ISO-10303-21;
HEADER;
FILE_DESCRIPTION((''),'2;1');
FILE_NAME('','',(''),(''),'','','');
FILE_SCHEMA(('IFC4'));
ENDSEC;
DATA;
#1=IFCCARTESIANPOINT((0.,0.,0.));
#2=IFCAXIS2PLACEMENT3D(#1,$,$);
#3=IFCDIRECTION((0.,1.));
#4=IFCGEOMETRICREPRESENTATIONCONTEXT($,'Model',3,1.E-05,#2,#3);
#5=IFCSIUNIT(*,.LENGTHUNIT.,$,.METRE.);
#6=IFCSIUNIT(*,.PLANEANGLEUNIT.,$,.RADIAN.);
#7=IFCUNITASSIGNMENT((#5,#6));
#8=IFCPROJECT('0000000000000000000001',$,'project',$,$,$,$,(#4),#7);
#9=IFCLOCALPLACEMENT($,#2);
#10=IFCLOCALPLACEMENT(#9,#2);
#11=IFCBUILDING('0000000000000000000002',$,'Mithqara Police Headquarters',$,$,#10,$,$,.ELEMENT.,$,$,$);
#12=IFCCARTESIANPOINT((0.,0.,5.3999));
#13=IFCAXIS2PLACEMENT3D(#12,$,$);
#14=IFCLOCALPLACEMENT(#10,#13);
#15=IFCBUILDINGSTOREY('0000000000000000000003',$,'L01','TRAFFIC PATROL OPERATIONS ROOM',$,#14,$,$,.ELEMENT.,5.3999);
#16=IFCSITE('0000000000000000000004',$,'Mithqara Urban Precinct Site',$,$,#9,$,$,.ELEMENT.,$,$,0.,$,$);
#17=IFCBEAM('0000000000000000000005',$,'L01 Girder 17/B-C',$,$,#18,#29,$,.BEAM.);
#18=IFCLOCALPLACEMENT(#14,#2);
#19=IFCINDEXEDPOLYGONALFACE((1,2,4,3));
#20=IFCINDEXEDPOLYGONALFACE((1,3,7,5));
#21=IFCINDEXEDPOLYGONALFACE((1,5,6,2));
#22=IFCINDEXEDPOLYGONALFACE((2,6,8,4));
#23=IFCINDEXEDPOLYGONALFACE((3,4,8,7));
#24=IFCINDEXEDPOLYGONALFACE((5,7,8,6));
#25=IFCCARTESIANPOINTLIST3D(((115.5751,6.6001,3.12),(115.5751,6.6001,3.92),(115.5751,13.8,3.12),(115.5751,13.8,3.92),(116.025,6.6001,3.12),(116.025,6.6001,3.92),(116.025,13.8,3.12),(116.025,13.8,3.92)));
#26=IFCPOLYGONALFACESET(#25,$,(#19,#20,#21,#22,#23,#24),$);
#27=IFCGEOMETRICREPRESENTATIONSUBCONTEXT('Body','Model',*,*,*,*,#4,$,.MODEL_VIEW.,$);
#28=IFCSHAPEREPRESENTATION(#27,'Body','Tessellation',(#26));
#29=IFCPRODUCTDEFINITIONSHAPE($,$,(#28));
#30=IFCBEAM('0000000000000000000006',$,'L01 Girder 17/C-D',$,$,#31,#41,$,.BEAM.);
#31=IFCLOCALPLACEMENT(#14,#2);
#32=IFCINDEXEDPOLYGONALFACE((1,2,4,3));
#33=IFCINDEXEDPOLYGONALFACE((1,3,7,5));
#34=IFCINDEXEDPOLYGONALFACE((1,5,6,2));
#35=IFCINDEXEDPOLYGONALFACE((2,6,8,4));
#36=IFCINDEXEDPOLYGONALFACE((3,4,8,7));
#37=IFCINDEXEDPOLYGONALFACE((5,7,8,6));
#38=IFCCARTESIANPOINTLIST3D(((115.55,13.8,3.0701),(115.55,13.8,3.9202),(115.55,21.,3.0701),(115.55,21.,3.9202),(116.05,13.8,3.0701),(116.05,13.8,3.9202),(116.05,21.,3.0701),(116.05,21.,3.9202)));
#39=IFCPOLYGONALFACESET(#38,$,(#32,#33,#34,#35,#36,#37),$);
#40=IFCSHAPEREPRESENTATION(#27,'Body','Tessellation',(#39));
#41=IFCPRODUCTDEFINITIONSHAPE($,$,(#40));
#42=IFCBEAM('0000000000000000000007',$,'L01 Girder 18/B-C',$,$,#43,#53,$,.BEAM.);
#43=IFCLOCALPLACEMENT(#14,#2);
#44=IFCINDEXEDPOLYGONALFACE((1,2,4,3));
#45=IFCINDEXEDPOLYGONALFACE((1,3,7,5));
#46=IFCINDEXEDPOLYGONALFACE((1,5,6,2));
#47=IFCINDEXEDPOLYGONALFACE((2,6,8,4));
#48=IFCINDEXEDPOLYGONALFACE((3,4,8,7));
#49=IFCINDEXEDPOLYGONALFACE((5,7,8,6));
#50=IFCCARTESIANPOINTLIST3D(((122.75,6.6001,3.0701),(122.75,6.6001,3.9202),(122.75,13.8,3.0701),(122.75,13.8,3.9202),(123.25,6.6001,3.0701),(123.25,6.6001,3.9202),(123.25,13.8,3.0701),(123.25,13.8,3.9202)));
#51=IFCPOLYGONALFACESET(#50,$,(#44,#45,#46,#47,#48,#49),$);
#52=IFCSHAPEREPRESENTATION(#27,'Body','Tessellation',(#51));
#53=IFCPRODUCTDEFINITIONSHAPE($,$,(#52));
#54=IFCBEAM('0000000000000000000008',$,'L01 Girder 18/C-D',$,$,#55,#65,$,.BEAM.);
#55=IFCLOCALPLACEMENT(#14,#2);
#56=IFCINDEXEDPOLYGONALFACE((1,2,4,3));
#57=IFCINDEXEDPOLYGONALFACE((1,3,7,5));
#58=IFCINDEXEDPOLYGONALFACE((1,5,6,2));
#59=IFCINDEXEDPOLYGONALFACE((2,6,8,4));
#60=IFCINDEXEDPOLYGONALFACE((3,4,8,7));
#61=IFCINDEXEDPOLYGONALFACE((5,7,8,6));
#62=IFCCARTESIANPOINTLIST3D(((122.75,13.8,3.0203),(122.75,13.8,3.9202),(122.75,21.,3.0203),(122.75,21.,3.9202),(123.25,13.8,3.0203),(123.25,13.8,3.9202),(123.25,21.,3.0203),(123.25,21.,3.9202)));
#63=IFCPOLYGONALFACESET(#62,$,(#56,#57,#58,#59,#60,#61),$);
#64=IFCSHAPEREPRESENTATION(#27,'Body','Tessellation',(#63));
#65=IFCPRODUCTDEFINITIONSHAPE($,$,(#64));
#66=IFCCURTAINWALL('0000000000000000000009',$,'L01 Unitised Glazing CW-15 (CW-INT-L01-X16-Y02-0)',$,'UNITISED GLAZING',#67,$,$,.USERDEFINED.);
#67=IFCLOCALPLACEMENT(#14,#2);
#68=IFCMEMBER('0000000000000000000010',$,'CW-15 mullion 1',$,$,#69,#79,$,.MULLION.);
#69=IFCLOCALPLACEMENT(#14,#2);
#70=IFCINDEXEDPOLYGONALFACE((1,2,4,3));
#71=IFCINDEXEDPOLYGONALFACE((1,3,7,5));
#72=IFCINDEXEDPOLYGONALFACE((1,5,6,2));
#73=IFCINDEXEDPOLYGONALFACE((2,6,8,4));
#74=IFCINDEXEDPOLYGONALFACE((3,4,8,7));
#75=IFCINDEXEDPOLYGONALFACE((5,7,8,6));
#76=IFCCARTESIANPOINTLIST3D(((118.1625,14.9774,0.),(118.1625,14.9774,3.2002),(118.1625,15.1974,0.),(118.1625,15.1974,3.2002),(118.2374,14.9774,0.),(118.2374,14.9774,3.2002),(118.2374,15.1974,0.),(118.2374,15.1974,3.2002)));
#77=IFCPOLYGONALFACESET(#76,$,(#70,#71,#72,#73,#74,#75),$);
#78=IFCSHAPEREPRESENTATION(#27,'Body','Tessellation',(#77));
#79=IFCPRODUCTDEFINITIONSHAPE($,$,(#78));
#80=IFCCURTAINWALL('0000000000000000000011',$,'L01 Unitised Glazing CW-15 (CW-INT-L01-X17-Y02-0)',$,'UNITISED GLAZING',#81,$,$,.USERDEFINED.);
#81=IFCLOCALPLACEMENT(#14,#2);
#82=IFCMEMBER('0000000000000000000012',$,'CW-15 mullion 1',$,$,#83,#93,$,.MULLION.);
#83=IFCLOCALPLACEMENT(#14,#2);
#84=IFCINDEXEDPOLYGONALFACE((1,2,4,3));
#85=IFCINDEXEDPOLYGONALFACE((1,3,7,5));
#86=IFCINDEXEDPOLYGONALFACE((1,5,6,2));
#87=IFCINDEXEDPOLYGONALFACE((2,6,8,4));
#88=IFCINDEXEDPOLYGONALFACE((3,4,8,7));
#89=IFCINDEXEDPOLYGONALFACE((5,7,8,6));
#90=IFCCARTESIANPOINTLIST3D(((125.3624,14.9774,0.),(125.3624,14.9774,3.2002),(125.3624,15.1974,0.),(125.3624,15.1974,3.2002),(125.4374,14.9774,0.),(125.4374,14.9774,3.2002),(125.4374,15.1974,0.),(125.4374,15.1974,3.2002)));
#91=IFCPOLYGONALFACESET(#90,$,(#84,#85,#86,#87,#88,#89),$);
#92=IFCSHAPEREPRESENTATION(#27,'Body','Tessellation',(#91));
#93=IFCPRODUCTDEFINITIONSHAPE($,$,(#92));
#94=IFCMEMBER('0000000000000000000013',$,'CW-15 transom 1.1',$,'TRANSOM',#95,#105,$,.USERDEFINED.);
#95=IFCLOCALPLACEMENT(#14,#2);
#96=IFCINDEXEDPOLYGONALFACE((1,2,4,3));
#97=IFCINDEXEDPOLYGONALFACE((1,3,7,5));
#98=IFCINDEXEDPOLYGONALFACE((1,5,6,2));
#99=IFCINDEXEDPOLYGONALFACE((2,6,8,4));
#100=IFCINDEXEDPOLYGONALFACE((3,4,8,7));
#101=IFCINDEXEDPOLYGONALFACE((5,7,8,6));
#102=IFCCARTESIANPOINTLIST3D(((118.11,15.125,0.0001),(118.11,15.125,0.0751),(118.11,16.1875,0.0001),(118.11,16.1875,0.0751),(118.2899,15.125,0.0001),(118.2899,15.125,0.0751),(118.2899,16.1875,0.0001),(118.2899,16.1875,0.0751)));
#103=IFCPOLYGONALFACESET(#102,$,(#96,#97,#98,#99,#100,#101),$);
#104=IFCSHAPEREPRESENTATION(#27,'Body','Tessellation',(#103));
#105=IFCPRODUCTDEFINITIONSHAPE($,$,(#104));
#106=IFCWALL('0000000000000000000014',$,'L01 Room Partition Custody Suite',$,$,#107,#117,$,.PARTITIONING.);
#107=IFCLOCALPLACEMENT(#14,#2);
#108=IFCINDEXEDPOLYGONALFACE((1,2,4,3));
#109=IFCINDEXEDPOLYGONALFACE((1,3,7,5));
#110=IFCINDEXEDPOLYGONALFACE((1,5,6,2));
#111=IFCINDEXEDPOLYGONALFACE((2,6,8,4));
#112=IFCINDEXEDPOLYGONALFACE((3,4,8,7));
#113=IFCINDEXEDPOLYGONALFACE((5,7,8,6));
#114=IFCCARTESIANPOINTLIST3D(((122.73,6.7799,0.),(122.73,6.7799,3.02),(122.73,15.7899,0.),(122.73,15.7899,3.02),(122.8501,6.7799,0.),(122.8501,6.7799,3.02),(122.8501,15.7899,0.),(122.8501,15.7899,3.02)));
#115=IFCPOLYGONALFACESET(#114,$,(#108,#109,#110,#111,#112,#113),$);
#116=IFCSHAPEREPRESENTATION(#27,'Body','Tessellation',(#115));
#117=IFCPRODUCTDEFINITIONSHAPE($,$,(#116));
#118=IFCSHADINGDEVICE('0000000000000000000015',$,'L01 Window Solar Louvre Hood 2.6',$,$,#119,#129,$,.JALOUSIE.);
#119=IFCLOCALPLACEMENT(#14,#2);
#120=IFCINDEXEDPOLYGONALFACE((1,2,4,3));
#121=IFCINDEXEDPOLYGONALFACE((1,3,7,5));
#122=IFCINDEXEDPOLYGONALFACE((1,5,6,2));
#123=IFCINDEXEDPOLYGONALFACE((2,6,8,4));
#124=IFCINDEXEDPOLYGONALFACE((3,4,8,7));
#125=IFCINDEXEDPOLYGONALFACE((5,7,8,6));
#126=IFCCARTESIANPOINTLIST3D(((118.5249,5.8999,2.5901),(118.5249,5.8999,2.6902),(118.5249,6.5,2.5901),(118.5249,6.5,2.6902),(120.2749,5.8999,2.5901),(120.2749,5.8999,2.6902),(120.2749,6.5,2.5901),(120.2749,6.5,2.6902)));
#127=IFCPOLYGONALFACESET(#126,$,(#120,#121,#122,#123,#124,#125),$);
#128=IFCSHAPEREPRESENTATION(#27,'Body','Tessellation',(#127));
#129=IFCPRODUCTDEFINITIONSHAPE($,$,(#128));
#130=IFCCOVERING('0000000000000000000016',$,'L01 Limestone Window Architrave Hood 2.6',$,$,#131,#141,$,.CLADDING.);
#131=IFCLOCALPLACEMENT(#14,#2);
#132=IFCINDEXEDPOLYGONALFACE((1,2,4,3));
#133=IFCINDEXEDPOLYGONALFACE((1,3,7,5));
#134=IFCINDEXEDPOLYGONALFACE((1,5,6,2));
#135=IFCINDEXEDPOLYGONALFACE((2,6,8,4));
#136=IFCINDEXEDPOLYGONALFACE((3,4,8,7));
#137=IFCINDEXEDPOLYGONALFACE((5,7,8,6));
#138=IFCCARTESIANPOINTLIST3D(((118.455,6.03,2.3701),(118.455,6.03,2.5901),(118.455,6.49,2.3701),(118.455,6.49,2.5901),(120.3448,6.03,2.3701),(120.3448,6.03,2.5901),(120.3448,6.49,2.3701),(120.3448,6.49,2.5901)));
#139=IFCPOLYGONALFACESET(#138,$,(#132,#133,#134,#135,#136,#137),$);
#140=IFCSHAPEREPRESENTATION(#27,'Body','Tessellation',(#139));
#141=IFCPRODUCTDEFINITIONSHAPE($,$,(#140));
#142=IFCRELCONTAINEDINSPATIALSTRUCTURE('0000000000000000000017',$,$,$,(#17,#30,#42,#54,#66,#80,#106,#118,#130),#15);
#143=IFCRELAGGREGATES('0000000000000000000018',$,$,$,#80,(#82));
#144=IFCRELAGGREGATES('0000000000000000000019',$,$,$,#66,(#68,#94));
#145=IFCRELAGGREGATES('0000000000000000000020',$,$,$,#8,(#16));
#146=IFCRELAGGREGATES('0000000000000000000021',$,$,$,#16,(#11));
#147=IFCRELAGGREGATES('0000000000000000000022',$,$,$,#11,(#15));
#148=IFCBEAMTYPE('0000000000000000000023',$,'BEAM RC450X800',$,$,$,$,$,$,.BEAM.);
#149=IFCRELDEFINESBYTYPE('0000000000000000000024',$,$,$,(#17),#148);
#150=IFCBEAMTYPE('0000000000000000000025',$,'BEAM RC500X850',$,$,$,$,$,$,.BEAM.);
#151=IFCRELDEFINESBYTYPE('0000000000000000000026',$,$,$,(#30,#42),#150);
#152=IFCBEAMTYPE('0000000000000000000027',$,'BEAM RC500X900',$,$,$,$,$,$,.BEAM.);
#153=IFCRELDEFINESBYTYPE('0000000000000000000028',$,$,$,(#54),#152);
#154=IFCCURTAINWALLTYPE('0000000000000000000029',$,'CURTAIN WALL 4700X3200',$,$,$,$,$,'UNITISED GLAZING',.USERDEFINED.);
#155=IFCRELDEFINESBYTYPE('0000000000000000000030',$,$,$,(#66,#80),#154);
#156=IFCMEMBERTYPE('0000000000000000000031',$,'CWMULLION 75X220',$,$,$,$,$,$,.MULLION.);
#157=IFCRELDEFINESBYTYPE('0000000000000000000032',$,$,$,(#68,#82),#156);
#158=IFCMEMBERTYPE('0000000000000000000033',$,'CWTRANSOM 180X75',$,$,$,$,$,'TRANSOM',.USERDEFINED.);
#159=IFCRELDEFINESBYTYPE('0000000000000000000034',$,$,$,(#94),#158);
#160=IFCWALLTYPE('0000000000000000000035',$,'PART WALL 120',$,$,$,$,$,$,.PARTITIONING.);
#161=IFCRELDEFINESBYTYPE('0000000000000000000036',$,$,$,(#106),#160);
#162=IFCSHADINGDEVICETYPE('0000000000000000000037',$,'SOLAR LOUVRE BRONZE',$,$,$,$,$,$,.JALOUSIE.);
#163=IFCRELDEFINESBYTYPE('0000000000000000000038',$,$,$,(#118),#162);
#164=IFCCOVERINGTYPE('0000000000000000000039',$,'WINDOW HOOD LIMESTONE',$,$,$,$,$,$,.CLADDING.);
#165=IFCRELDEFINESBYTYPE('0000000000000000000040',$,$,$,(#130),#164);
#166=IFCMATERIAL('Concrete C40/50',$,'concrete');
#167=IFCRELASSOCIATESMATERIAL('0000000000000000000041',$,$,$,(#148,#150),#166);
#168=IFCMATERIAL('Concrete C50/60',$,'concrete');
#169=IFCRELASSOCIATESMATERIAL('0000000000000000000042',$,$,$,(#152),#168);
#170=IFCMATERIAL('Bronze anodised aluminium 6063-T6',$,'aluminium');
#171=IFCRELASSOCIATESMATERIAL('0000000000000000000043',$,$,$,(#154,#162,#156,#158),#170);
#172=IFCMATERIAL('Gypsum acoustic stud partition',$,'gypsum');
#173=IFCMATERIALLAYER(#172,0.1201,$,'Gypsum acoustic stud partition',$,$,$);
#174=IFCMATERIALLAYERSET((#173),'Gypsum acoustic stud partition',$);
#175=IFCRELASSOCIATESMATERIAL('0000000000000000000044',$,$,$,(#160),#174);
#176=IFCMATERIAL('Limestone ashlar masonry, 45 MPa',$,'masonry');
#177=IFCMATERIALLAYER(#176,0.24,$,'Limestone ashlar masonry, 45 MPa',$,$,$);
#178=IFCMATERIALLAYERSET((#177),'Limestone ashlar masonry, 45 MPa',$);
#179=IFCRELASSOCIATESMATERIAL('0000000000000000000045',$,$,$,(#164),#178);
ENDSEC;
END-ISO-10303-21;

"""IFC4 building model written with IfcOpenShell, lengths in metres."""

from ifc_helpers import new_model, si_unit, direction, frame, frame_2d, origin, origin_2d, place, context, subcontext, project, spatial, rectangle, extrude, material, layer, layer_set, material_profile, profile_set, type_object, element, aggregate, save


model = new_model("IFC4")

# Units and contexts
model_context = context("Model", 3, precision=1e-05, world=origin(), true_north=direction((0.0, 1.0)))
body_context = subcontext(model_context, "Body", "Model", "MODEL_VIEW")
ifc_project = project(units=[si_unit("LENGTHUNIT", "METRE"), si_unit("PLANEANGLEUNIT", "RADIAN")], contexts=[model_context])

# Site, building, storey
site_placement = place(None, origin())
site = spatial("IfcSite", under=ifc_project, at=site_placement, Name="Mithqara Urban Precinct Site", CompositionType="ELEMENT", RefElevation=0.0)
building_placement = place(site_placement, origin())
building = spatial("IfcBuilding", under=site, at=building_placement, Name="Mithqara Police Headquarters", CompositionType="ELEMENT")
storey_placement = place(building_placement, frame((0.0, 0.0, 5.3999)))
storey = spatial("IfcBuildingStorey", under=building, at=storey_placement, Name="L01", Description="TRAFFIC PATROL OPERATIONS ROOM", CompositionType="ELEMENT", Elevation=5.3999)

# Shared definitions
ifc_material_1 = material(Name="Concrete C50/60", Category="concrete")

# Beams
ifc_material_2 = material(Name="Concrete C40/50", Category="concrete")
ifc_material_profile_1 = material_profile(ifc_material_2, rectangle(XDim=0.45, YDim=0.8, at=origin_2d()), Name="RC 450x800")
ifc_profile_set_1 = profile_set([ifc_material_profile_1], Name="Concrete C40/50")
beam_type_1 = type_object("IfcBeamType", Name="BEAM RC450X800", PredefinedType="BEAM", material=ifc_profile_set_1)
beam_1_placement = place(storey_placement, frame((115.8, 6.6001, 3.52), z_axis=(0.0, 1.0, 0.0), x_axis=(-1.0, 0.0, 0.0)))
element("IfcBeam", 1, at=beam_1_placement, inside=storey, type_object=beam_type_1, Name="L01 Girder 17/B-C", PredefinedType="BEAM", context=body_context, shape_type="SweptSolid", body=[
    extrude(rectangle(XDim=0.45, YDim=0.8, at=origin_2d()), origin(), (0.0, 0.0, 1.0), 7.2),
])
ifc_material_profile_2 = material_profile(ifc_material_2, rectangle(XDim=0.5, YDim=0.8501, at=origin_2d()), Name="RC 500x850")
ifc_profile_set_2 = profile_set([ifc_material_profile_2], Name="Concrete C40/50")
beam_type_2 = type_object("IfcBeamType", Name="BEAM RC500X850", PredefinedType="BEAM", material=ifc_profile_set_2)
for number, where, z_axis, x_axis, name in (
    (2, (115.8, 13.8, 3.4951), (0.0, 1.0, 0.0), (-1.0, 0.0, 0.0), "L01 Girder 17/C-D"),
    (3, (123.0, 6.6001, 3.4951), (0.0, 1.0, 0.0), (-1.0, 0.0, 0.0), "L01 Girder 18/B-C"),
):
    element("IfcBeam", number, at=place(storey_placement, frame(where, z_axis=z_axis, x_axis=x_axis)), inside=storey, type_object=beam_type_2, Name=name, PredefinedType="BEAM", context=body_context, shape_type="SweptSolid", body=[
        extrude(rectangle(XDim=0.5, YDim=0.8501, at=origin_2d()), origin(), (0.0, 0.0, 1.0), 7.2),
    ])
ifc_material_profile_3 = material_profile(ifc_material_1, rectangle(XDim=0.5, YDim=0.8999, at=origin_2d()), Name="RC 500x900")
ifc_profile_set_3 = profile_set([ifc_material_profile_3], Name="Concrete C50/60")
beam_type_3 = type_object("IfcBeamType", Name="BEAM RC500X900", PredefinedType="BEAM", material=ifc_profile_set_3)
beam_2_placement = place(storey_placement, frame((123.0, 13.8, 3.4702), z_axis=(0.0, 1.0, 0.0), x_axis=(-1.0, 0.0, 0.0)))
element("IfcBeam", 4, at=beam_2_placement, inside=storey, type_object=beam_type_3, Name="L01 Girder 18/C-D", PredefinedType="BEAM", context=body_context, shape_type="SweptSolid", body=[
    extrude(rectangle(XDim=0.5, YDim=0.8999, at=origin_2d()), origin(), (0.0, 0.0, 1.0), 7.2),
])

# Curtain walls, members
ifc_material_3 = material(Name="Bronze anodised aluminium 6063-T6", Category="aluminium")
curtain_wall_type = type_object("IfcCurtainWallType", Name="CURTAIN WALL 4700X3200", ElementType="UNITISED GLAZING", PredefinedType="USERDEFINED", material=ifc_material_3)
curtain_wall_1_placement = place(storey_placement, origin())
curtain_wall_1 = element("IfcCurtainWall", 5, at=curtain_wall_1_placement, inside=storey, type_object=curtain_wall_type, Name="L01 Unitised Glazing CW-15 (CW-INT-L01-X16-Y02-0)", ObjectType="UNITISED GLAZING", PredefinedType="USERDEFINED")
ifc_material_profile_4 = material_profile(ifc_material_3, rectangle(XDim=0.075, YDim=0.22, at=origin_2d()), Name="CWM 75x220")
ifc_profile_set_4 = profile_set([ifc_material_profile_4], Name="Bronze anodised aluminium 6063-T6")
member_type_1 = type_object("IfcMemberType", Name="CWMULLION 75X220", PredefinedType="MULLION", material=ifc_profile_set_4)
member_1_placement = place(storey_placement, frame((118.2, 15.0874, 0.0), z_axis=(0.0, 0.0, 1.0), x_axis=(-1.0, 0.0, 0.0)))
member_1 = element("IfcMember", 6, at=member_1_placement, type_object=member_type_1, Name="CW-15 mullion 1", PredefinedType="MULLION", context=body_context, shape_type="SweptSolid", body=[
    extrude(rectangle(XDim=0.075, YDim=0.22, at=origin_2d()), origin(), (0.0, 0.0, 1.0), 3.2002),
])
curtain_wall_2_placement = place(storey_placement, origin())
curtain_wall_2 = element("IfcCurtainWall", 7, at=curtain_wall_2_placement, inside=storey, type_object=curtain_wall_type, Name="L01 Unitised Glazing CW-15 (CW-INT-L01-X17-Y02-0)", ObjectType="UNITISED GLAZING", PredefinedType="USERDEFINED")
member_2_placement = place(storey_placement, frame((125.3999, 15.0874, 0.0), z_axis=(0.0, 0.0, 1.0), x_axis=(-1.0, 0.0, 0.0)))
member_2 = element("IfcMember", 8, at=member_2_placement, type_object=member_type_1, Name="CW-15 mullion 1", PredefinedType="MULLION", context=body_context, shape_type="SweptSolid", body=[
    extrude(rectangle(XDim=0.075, YDim=0.22, at=origin_2d()), origin(), (0.0, 0.0, 1.0), 3.2002),
])
aggregate(curtain_wall_2, [member_2])

# Member
ifc_material_profile_5 = material_profile(ifc_material_3, rectangle(XDim=0.1799, YDim=0.075, at=origin_2d()), Name="CWT 180x75")
ifc_profile_set_5 = profile_set([ifc_material_profile_5], Name="Bronze anodised aluminium 6063-T6")
member_type_2 = type_object("IfcMemberType", Name="CWTRANSOM 180X75", ElementType="TRANSOM", PredefinedType="USERDEFINED", material=ifc_profile_set_5)
member_3_placement = place(storey_placement, frame((118.2, 15.125, 0.0376), z_axis=(0.0, 1.0, 0.0), x_axis=(-1.0, 0.0, 0.0)))
member_3 = element("IfcMember", 9, at=member_3_placement, type_object=member_type_2, Name="CW-15 transom 1.1", ObjectType="TRANSOM", PredefinedType="USERDEFINED", context=body_context, shape_type="SweptSolid", body=[
    extrude(rectangle(XDim=0.1799, YDim=0.075, at=origin_2d()), origin(), (0.0, 0.0, 1.0), 1.0625),
])
aggregate(curtain_wall_1, [member_1, member_3])

# Wall
ifc_material_4 = material(Name="Gypsum acoustic stud partition", Category="gypsum")
ifc_layer_1 = layer(ifc_material_4, 0.1201, Name="Gypsum acoustic stud partition")
ifc_layer_set_1 = layer_set([ifc_layer_1], Name="Gypsum acoustic stud partition")
wall_type = type_object("IfcWallType", Name="PART WALL 120", PredefinedType="PARTITIONING", material=ifc_layer_set_1)
wall_placement = place(storey_placement, frame((122.79, 6.78, 0.0), z_axis=(0.0, 0.0, 1.0), x_axis=(0.0, 1.0, 0.0)))
element("IfcWall", 10, at=wall_placement, inside=storey, type_object=wall_type, Name="L01 Room Partition Custody Suite", PredefinedType="PARTITIONING", context=body_context, shape_type="SweptSolid", body=[
    extrude(rectangle(XDim=9.01, YDim=0.1201, at=frame_2d((4.5049, 0.0))), origin(), (0.0, 0.0, 1.0), 3.02),
])

# Shading device
shading_device_type = type_object("IfcShadingDeviceType", Name="SOLAR LOUVRE BRONZE", PredefinedType="JALOUSIE", material=ifc_material_3)
shading_device_placement = place(storey_placement, frame((119.3999, 6.2, 2.5901), z_axis=(0.0, 0.0, 1.0), x_axis=(1.0, 0.0, 0.0)))
element("IfcShadingDevice", 11, at=shading_device_placement, inside=storey, type_object=shading_device_type, Name="L01 Window Solar Louvre Hood 2.6", PredefinedType="JALOUSIE", context=body_context, shape_type="SweptSolid", body=[
    extrude(rectangle(XDim=1.75, YDim=0.6001, at=origin_2d()), origin(), (0.0, 0.0, 1.0), 0.1001),
])

# Covering
ifc_material_5 = material(Name="Limestone ashlar masonry, 45 MPa", Category="masonry")
ifc_layer_2 = layer(ifc_material_5, 0.24, Name="Limestone ashlar masonry, 45 MPa")
ifc_layer_set_2 = layer_set([ifc_layer_2], Name="Limestone ashlar masonry, 45 MPa")
covering_type = type_object("IfcCoveringType", Name="WINDOW HOOD LIMESTONE", PredefinedType="CLADDING", material=ifc_layer_set_2)
covering_placement = place(storey_placement, frame((119.3999, 6.26, 2.3701), z_axis=(0.0, 0.0, 1.0), x_axis=(1.0, 0.0, 0.0)))
element("IfcCovering", 12, at=covering_placement, inside=storey, type_object=covering_type, Name="L01 Limestone Window Architrave Hood 2.6", PredefinedType="CLADDING", context=body_context, shape_type="SweptSolid", body=[
    extrude(rectangle(XDim=1.8899, YDim=0.46, at=origin_2d()), origin(), (0.0, 0.0, 1.0), 0.22),
])

save(model, "model.ifc")
